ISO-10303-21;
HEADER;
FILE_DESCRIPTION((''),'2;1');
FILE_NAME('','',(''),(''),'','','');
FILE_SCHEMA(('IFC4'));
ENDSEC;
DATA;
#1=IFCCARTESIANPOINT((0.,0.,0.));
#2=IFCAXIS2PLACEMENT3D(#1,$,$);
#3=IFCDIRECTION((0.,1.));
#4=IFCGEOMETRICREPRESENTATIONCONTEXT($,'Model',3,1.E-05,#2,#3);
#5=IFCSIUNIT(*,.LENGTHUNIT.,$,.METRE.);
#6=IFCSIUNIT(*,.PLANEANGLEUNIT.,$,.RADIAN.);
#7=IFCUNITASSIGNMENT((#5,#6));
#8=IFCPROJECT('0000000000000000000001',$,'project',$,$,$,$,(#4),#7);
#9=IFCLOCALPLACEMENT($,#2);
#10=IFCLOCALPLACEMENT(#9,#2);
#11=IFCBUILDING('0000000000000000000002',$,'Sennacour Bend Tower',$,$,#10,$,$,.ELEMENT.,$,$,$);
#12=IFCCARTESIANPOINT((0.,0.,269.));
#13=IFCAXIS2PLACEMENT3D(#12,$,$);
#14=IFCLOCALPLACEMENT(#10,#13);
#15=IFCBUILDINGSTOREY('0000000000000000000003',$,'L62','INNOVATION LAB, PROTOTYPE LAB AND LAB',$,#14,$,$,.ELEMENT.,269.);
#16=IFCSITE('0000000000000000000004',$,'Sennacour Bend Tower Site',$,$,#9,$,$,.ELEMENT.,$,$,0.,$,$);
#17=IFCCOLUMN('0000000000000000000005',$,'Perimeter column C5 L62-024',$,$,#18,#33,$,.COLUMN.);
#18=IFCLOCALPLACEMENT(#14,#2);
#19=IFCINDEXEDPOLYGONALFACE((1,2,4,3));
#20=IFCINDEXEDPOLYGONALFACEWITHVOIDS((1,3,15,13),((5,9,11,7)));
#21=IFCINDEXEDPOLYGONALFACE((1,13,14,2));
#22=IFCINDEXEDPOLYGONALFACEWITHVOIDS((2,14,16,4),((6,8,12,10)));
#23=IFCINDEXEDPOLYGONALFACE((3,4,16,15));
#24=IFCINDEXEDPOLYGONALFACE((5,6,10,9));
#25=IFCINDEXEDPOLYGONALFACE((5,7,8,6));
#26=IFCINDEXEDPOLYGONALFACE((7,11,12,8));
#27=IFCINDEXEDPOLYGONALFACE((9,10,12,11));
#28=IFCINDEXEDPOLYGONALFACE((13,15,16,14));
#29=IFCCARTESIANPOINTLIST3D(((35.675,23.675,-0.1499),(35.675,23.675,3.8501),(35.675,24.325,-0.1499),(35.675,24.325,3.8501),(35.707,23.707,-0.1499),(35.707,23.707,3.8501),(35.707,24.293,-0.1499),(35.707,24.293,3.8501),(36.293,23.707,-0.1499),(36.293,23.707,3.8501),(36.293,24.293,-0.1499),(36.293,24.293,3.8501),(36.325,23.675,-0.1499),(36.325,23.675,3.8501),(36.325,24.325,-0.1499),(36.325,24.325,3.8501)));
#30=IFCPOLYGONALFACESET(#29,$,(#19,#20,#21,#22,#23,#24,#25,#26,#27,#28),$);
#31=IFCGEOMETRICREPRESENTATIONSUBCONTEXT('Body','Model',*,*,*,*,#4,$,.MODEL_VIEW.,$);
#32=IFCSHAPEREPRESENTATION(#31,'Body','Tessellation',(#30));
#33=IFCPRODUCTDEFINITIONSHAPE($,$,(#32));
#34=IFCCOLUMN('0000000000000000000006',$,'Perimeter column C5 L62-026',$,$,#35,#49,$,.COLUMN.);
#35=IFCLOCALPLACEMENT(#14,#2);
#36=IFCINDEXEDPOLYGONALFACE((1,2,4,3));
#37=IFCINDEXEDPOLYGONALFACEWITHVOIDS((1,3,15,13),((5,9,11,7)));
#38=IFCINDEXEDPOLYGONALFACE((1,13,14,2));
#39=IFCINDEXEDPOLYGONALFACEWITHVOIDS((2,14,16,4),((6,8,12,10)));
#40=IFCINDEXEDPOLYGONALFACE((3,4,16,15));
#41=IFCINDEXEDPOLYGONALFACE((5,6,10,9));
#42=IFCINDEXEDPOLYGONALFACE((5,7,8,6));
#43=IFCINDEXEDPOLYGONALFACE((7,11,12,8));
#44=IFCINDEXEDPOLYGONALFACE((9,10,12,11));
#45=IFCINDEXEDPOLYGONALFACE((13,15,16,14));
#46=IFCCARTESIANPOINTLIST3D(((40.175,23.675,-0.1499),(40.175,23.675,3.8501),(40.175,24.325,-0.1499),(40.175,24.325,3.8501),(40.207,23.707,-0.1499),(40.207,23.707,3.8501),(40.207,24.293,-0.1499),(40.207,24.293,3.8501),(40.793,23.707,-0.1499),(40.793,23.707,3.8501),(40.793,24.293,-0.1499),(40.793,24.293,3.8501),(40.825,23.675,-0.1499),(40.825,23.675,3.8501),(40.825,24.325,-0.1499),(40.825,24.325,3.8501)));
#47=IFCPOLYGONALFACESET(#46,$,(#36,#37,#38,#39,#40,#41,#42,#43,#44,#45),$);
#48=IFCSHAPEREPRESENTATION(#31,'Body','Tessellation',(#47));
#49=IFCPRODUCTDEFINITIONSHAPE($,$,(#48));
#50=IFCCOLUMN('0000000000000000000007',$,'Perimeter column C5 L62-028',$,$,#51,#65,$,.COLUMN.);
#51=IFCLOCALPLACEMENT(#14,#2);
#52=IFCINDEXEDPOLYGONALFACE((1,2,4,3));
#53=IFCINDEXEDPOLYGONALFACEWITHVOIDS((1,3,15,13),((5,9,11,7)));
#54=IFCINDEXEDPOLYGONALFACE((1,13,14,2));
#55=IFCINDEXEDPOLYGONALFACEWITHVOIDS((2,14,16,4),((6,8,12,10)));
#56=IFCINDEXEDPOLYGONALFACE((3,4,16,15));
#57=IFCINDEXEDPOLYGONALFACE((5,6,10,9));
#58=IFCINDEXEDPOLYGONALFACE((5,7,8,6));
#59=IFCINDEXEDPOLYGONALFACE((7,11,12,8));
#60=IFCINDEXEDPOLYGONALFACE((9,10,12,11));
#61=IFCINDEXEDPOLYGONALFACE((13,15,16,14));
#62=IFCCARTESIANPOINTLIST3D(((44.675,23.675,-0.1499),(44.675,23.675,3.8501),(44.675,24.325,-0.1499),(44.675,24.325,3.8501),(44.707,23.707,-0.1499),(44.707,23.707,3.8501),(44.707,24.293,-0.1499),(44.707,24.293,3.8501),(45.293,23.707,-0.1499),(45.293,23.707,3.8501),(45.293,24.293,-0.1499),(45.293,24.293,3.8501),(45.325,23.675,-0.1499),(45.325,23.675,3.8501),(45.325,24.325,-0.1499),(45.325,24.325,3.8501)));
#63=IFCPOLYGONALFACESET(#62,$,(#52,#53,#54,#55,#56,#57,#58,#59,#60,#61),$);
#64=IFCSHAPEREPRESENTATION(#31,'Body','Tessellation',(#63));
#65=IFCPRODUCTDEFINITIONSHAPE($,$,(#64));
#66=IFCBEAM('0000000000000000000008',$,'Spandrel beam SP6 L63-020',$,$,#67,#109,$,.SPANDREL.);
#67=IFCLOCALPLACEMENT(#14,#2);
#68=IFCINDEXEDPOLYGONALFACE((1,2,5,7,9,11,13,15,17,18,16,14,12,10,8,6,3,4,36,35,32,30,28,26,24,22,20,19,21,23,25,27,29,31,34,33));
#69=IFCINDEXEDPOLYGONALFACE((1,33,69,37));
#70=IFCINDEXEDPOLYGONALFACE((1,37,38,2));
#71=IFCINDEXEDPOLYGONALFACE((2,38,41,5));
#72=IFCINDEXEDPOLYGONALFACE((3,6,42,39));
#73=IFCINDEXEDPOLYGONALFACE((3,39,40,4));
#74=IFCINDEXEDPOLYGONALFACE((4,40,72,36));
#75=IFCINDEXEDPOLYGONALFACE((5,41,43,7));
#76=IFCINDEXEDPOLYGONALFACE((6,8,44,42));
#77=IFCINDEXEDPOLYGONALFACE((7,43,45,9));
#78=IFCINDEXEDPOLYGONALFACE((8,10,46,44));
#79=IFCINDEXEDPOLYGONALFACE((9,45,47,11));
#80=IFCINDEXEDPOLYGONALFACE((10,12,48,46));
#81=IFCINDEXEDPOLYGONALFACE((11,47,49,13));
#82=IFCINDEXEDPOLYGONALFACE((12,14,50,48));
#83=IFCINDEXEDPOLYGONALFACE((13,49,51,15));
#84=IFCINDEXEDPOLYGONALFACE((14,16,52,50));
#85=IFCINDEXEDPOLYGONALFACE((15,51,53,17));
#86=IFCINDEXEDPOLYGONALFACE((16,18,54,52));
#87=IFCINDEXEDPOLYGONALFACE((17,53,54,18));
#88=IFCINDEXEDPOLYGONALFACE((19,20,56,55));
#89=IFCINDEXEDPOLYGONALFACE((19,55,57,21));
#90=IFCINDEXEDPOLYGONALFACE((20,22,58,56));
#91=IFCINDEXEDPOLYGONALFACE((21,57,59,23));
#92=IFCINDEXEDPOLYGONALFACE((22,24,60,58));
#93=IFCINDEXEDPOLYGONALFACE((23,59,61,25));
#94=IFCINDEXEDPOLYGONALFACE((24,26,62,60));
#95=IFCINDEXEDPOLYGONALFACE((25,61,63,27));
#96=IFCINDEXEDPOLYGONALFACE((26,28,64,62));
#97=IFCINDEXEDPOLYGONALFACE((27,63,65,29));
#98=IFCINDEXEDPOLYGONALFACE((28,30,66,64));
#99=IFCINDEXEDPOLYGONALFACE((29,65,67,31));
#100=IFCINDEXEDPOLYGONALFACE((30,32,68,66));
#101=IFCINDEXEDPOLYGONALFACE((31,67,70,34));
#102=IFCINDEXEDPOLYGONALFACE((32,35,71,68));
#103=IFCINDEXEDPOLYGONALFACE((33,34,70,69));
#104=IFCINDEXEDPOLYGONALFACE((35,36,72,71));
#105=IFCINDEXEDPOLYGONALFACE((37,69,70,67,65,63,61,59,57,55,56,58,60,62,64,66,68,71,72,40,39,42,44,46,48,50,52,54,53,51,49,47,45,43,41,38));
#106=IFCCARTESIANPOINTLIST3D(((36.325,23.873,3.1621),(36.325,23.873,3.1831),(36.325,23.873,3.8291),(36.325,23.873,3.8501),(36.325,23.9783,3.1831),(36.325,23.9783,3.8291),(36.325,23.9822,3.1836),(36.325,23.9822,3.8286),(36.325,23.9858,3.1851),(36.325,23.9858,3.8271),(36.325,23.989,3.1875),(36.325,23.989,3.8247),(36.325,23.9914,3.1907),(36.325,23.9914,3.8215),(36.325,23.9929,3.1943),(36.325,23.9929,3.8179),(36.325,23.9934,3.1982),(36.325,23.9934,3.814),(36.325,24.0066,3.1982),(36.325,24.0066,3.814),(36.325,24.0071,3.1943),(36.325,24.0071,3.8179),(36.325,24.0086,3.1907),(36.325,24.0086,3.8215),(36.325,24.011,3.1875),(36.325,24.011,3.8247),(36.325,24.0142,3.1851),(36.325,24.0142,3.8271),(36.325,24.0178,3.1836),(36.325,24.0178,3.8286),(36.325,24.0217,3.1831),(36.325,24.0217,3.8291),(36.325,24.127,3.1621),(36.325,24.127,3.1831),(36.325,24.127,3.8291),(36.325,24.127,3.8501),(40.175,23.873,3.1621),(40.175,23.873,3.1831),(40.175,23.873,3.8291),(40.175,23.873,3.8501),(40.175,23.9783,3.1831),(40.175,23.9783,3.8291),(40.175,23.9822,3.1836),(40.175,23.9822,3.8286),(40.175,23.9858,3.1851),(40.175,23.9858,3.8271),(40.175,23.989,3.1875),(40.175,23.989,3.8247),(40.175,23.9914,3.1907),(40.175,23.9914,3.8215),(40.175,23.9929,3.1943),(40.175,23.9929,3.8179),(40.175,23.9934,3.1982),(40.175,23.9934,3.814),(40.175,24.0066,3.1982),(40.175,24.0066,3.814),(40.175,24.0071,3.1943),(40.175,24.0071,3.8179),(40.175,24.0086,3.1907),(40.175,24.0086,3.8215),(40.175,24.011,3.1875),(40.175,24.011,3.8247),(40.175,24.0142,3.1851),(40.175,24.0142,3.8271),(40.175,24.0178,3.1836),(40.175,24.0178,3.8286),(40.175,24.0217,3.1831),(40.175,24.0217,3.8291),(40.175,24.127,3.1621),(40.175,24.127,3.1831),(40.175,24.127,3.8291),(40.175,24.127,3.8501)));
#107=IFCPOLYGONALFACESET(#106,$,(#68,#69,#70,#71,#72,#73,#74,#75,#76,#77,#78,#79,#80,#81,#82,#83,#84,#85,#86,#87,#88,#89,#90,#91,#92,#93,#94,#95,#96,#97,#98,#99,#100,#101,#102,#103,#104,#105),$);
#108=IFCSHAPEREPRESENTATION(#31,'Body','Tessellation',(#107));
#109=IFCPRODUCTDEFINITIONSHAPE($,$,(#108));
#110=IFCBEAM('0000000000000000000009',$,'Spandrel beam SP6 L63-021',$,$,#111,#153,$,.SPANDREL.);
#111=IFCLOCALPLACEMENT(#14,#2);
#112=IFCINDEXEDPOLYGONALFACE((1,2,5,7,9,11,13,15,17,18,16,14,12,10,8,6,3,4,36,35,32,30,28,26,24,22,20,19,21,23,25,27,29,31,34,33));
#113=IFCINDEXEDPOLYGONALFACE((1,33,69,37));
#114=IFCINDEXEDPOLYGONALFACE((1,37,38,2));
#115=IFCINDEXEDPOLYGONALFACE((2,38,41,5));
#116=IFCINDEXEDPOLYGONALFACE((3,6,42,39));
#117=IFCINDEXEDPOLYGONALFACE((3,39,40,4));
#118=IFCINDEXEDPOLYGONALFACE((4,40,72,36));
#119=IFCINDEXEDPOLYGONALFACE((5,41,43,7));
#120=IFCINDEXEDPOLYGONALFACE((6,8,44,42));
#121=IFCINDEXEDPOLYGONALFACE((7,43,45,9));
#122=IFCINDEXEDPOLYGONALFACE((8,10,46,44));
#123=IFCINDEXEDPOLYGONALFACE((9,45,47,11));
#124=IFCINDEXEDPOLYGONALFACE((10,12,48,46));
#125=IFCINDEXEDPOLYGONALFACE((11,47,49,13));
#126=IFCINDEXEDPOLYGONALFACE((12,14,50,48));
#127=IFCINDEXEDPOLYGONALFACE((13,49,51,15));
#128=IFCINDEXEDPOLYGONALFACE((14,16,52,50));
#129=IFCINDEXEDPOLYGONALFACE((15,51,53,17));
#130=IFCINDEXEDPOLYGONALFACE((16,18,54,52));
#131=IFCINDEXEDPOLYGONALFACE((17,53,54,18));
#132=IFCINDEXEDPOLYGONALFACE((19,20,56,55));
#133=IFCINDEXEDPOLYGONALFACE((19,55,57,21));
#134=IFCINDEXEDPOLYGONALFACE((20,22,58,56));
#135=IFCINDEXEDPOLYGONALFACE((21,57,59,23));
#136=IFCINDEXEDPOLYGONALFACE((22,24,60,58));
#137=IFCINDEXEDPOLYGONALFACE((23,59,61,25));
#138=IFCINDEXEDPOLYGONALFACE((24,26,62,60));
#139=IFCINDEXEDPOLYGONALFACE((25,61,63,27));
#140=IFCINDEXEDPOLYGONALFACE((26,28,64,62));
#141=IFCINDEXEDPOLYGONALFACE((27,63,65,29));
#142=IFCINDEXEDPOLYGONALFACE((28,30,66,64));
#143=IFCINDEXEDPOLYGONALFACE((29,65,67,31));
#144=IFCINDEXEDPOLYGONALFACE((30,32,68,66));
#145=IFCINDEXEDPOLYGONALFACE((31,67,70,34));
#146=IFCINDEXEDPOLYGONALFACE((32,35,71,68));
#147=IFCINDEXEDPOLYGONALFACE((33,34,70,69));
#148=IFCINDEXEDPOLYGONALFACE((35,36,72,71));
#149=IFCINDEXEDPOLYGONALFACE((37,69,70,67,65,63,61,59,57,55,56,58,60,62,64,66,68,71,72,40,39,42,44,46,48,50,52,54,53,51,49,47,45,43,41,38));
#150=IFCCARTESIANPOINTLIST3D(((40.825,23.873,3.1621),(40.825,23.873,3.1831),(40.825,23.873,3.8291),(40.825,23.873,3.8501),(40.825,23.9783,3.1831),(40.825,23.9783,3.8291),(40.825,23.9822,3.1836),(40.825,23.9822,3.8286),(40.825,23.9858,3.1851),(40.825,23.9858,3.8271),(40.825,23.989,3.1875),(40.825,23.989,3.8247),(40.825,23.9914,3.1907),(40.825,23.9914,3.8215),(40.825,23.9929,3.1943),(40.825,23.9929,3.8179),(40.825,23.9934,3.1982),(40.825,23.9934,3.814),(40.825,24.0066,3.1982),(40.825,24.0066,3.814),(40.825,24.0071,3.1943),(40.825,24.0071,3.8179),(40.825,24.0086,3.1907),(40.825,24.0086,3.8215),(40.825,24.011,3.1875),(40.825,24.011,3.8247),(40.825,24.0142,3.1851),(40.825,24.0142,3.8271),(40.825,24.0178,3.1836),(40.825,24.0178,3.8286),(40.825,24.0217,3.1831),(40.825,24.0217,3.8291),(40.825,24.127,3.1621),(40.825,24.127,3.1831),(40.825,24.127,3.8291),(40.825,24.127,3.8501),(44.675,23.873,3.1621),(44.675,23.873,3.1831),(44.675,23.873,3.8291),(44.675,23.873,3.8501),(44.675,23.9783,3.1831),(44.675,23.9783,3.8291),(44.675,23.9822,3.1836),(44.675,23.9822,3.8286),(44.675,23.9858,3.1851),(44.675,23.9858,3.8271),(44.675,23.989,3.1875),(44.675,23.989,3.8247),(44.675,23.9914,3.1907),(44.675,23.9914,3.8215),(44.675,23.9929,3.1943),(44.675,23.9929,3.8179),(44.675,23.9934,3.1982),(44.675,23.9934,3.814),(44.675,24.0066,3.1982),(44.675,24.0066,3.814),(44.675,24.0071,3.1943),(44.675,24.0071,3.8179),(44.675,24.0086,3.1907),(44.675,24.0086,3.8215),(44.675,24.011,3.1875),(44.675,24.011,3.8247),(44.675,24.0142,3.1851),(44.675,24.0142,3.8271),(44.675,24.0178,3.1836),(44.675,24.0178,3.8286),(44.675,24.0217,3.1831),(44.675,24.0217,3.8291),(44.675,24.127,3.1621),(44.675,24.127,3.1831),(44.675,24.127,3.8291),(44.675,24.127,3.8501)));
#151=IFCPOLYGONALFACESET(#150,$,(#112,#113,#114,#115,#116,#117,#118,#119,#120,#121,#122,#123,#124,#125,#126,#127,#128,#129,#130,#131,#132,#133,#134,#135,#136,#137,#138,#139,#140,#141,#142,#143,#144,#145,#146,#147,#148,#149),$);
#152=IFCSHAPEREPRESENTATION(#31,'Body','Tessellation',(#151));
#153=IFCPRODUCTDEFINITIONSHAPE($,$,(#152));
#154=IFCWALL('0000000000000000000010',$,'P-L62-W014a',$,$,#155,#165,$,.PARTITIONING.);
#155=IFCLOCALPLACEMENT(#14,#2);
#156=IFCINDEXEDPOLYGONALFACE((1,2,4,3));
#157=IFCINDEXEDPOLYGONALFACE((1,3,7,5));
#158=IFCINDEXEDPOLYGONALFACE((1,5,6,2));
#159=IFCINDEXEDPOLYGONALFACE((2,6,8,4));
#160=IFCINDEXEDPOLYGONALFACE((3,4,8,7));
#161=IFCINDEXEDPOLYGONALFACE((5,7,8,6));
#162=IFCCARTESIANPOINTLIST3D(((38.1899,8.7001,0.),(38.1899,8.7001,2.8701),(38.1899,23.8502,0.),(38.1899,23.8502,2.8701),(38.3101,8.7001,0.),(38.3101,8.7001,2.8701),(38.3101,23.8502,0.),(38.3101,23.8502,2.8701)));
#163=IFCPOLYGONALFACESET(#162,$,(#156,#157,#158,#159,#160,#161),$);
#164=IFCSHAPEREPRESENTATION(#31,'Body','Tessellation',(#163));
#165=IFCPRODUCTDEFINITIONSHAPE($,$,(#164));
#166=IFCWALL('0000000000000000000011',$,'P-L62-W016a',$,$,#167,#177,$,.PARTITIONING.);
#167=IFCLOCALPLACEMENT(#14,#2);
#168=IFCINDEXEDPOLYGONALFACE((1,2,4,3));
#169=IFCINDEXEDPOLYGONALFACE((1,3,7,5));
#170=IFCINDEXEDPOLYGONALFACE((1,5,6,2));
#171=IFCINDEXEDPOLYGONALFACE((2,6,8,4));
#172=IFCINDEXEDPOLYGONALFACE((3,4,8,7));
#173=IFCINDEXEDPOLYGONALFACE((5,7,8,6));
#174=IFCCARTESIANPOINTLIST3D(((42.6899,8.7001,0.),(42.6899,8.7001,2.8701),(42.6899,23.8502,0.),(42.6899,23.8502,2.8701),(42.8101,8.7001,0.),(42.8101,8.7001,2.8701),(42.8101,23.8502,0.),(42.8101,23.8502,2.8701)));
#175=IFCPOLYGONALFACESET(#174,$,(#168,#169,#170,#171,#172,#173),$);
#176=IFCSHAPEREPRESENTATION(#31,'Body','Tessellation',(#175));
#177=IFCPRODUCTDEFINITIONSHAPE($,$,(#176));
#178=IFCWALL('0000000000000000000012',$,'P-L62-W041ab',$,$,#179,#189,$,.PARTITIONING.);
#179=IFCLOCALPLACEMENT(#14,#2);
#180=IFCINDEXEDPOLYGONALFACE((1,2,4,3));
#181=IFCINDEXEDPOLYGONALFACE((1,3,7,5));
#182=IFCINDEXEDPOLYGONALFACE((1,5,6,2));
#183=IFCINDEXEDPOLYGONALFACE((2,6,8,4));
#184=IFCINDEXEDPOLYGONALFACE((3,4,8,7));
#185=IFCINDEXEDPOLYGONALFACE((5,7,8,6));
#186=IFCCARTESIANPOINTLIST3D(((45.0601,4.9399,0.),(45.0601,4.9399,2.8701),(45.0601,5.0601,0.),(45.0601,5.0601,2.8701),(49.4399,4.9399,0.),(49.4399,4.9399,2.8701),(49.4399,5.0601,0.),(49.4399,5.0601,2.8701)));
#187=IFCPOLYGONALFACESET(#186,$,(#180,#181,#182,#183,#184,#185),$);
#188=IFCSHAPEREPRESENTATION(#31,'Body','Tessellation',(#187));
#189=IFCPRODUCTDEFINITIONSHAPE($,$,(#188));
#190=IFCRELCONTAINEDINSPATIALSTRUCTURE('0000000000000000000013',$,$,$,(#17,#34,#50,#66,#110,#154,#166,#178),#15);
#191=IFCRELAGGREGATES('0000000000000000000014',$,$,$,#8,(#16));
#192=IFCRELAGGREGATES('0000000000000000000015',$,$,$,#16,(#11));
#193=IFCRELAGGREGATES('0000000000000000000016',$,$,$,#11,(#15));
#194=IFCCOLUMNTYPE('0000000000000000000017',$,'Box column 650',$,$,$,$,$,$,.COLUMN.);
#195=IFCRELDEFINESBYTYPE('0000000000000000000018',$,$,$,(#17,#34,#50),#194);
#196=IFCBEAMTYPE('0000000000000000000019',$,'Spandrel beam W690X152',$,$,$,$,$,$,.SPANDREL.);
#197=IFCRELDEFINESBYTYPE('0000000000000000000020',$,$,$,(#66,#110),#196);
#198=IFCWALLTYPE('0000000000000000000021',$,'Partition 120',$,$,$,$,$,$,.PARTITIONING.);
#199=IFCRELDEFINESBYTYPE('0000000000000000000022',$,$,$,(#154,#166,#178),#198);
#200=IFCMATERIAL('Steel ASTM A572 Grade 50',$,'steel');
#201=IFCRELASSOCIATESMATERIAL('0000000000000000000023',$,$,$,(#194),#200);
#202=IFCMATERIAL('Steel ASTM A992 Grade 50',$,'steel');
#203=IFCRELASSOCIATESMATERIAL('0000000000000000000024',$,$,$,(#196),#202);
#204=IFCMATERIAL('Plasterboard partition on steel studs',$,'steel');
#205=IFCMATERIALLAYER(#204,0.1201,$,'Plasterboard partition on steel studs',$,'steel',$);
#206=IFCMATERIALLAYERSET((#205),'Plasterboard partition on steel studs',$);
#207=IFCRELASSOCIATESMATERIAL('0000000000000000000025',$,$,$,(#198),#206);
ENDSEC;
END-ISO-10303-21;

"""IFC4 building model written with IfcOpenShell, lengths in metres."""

from ifc_helpers import new_model, si_unit, direction, frame, frame_2d, origin, origin_2d, place, context, subcontext, project, spatial, rectangle, hollow_rectangle, i_section, extrude, material, layer, layer_set, material_profile, profile_set, type_object, element, save


model = new_model("IFC4")

# Units and contexts
model_context = context("Model", 3, precision=1e-05, world=origin(), true_north=direction((0.0, 1.0)))
body_context = subcontext(model_context, "Body", "Model", "MODEL_VIEW")
ifc_project = project(units=[si_unit("LENGTHUNIT", "METRE"), si_unit("PLANEANGLEUNIT", "RADIAN")], contexts=[model_context])

# Site, building, storey
site_placement = place(None, origin())
site = spatial("IfcSite", under=ifc_project, at=site_placement, Name="Sennacour Bend Tower Site", CompositionType="ELEMENT", RefElevation=0.0)
building_placement = place(site_placement, origin())
building = spatial("IfcBuilding", under=site, at=building_placement, Name="Sennacour Bend Tower", CompositionType="ELEMENT")
storey_placement = place(building_placement, frame((0.0, 0.0, 269.0)))
storey = spatial("IfcBuildingStorey", under=building, at=storey_placement, Name="L62", Description="INNOVATION LAB, PROTOTYPE LAB AND LAB", CompositionType="ELEMENT", Elevation=269.0)

# Columns
ifc_material_1 = material(Name="Steel ASTM A572 Grade 50", Category="steel")
ifc_material_profile_1 = material_profile(ifc_material_1, hollow_rectangle(XDim=0.6499, YDim=0.6499, WallThickness=0.032, at=origin_2d()), Name="Steel ASTM A572 Grade 50", Category="steel")
ifc_profile_set_1 = profile_set([ifc_material_profile_1], Name="Steel ASTM A572 Grade 50")
column_type = type_object("IfcColumnType", Name="Box column 650", PredefinedType="COLUMN", material=ifc_profile_set_1)
for number, where, z_axis, x_axis, name in (
    (1, (36.0, 24.0, -0.1499), (0.0, 0.0, 1.0), (1.0, 0.0, 0.0), "Perimeter column C5 L62-024"),
    (2, (40.5, 24.0, -0.1499), (0.0, 0.0, 1.0), (1.0, 0.0, 0.0), "Perimeter column C5 L62-026"),
    (3, (45.0, 24.0, -0.1499), (0.0, 0.0, 1.0), (1.0, 0.0, 0.0), "Perimeter column C5 L62-028"),
):
    element("IfcColumn", number, at=place(storey_placement, frame(where, z_axis=z_axis, x_axis=x_axis)), inside=storey, type_object=column_type, Name=name, PredefinedType="COLUMN", context=body_context, shape_type="SweptSolid", body=[
        extrude(hollow_rectangle(XDim=0.6499, YDim=0.6499, WallThickness=0.032, at=origin_2d()), origin(), (0.0, 0.0, 1.0), 4.0),
    ])

# Beams
ifc_material_2 = material(Name="Steel ASTM A992 Grade 50", Category="steel")
ifc_material_profile_2 = material_profile(ifc_material_2, i_section(OverallWidth=0.2539, OverallDepth=0.688, WebThickness=0.0132, FlangeThickness=0.021, FilletRadius=0.0151, at=origin_2d()), Name="Steel ASTM A992 Grade 50", Category="steel")
ifc_profile_set_2 = profile_set([ifc_material_profile_2], Name="Steel ASTM A992 Grade 50")
beam_type = type_object("IfcBeamType", Name="Spandrel beam W690X152", PredefinedType="SPANDREL", material=ifc_profile_set_2)
for number, where, z_axis, x_axis, name in (
    (4, (36.325, 24.0, 3.5061), (1.0, 0.0, 0.0), (0.0, 1.0, 0.0), "Spandrel beam SP6 L63-020"),
    (5, (40.825, 24.0, 3.5061), (1.0, 0.0, 0.0), (0.0, 1.0, 0.0), "Spandrel beam SP6 L63-021"),
):
    element("IfcBeam", number, at=place(storey_placement, frame(where, z_axis=z_axis, x_axis=x_axis)), inside=storey, type_object=beam_type, Name=name, PredefinedType="SPANDREL", context=body_context, shape_type="SweptSolid", body=[
        extrude(i_section(OverallWidth=0.2539, OverallDepth=0.688, WebThickness=0.0132, FlangeThickness=0.021, FilletRadius=0.0151, at=origin_2d()), origin(), (0.0, 0.0, 1.0), 3.8501),
    ])

# Walls
ifc_material_3 = material(Name="Plasterboard partition on steel studs", Category="steel")
ifc_layer_1 = layer(ifc_material_3, 0.1201, Name="Plasterboard partition on steel studs", Category="steel")
ifc_layer_set_1 = layer_set([ifc_layer_1], Name="Plasterboard partition on steel studs")
wall_type_1 = type_object("IfcWallType", Name="Partition 120", PredefinedType="PARTITIONING", material=ifc_layer_set_1)
for number, where, z_axis, x_axis, name in (
    (6, (38.25, 8.7, 0.0), (0.0, 0.0, 1.0), (0.0, 1.0, 0.0), "P-L62-W014a"),
    (7, (42.75, 8.7, 0.0), (0.0, 0.0, 1.0), (0.0, 1.0, 0.0), "P-L62-W016a"),
):
    element("IfcWall", number, at=place(storey_placement, frame(where, z_axis=z_axis, x_axis=x_axis)), inside=storey, type_object=wall_type_1, Name=name, PredefinedType="PARTITIONING", context=body_context, shape_type="SweptSolid", body=[
        extrude(rectangle(XDim=15.1501, YDim=0.1201, at=frame_2d((7.5752, 0.0))), origin(), (0.0, 0.0, 1.0), 2.8701),
    ])
wall_1_placement = place(storey_placement, frame((45.0601, 5.0, 0.0), z_axis=(0.0, 0.0, 1.0), x_axis=(1.0, 0.0, 0.0)))
element("IfcWall", 8, at=wall_1_placement, inside=storey, type_object=wall_type_1, Name="P-L62-W041ab", PredefinedType="PARTITIONING", context=body_context, shape_type="SweptSolid", body=[
    extrude(rectangle(XDim=4.3799, YDim=0.1201, at=frame_2d((2.1899, 0.0))), origin(), (0.0, 0.0, 1.0), 2.8701),
])

save(model, "model.ifc")
